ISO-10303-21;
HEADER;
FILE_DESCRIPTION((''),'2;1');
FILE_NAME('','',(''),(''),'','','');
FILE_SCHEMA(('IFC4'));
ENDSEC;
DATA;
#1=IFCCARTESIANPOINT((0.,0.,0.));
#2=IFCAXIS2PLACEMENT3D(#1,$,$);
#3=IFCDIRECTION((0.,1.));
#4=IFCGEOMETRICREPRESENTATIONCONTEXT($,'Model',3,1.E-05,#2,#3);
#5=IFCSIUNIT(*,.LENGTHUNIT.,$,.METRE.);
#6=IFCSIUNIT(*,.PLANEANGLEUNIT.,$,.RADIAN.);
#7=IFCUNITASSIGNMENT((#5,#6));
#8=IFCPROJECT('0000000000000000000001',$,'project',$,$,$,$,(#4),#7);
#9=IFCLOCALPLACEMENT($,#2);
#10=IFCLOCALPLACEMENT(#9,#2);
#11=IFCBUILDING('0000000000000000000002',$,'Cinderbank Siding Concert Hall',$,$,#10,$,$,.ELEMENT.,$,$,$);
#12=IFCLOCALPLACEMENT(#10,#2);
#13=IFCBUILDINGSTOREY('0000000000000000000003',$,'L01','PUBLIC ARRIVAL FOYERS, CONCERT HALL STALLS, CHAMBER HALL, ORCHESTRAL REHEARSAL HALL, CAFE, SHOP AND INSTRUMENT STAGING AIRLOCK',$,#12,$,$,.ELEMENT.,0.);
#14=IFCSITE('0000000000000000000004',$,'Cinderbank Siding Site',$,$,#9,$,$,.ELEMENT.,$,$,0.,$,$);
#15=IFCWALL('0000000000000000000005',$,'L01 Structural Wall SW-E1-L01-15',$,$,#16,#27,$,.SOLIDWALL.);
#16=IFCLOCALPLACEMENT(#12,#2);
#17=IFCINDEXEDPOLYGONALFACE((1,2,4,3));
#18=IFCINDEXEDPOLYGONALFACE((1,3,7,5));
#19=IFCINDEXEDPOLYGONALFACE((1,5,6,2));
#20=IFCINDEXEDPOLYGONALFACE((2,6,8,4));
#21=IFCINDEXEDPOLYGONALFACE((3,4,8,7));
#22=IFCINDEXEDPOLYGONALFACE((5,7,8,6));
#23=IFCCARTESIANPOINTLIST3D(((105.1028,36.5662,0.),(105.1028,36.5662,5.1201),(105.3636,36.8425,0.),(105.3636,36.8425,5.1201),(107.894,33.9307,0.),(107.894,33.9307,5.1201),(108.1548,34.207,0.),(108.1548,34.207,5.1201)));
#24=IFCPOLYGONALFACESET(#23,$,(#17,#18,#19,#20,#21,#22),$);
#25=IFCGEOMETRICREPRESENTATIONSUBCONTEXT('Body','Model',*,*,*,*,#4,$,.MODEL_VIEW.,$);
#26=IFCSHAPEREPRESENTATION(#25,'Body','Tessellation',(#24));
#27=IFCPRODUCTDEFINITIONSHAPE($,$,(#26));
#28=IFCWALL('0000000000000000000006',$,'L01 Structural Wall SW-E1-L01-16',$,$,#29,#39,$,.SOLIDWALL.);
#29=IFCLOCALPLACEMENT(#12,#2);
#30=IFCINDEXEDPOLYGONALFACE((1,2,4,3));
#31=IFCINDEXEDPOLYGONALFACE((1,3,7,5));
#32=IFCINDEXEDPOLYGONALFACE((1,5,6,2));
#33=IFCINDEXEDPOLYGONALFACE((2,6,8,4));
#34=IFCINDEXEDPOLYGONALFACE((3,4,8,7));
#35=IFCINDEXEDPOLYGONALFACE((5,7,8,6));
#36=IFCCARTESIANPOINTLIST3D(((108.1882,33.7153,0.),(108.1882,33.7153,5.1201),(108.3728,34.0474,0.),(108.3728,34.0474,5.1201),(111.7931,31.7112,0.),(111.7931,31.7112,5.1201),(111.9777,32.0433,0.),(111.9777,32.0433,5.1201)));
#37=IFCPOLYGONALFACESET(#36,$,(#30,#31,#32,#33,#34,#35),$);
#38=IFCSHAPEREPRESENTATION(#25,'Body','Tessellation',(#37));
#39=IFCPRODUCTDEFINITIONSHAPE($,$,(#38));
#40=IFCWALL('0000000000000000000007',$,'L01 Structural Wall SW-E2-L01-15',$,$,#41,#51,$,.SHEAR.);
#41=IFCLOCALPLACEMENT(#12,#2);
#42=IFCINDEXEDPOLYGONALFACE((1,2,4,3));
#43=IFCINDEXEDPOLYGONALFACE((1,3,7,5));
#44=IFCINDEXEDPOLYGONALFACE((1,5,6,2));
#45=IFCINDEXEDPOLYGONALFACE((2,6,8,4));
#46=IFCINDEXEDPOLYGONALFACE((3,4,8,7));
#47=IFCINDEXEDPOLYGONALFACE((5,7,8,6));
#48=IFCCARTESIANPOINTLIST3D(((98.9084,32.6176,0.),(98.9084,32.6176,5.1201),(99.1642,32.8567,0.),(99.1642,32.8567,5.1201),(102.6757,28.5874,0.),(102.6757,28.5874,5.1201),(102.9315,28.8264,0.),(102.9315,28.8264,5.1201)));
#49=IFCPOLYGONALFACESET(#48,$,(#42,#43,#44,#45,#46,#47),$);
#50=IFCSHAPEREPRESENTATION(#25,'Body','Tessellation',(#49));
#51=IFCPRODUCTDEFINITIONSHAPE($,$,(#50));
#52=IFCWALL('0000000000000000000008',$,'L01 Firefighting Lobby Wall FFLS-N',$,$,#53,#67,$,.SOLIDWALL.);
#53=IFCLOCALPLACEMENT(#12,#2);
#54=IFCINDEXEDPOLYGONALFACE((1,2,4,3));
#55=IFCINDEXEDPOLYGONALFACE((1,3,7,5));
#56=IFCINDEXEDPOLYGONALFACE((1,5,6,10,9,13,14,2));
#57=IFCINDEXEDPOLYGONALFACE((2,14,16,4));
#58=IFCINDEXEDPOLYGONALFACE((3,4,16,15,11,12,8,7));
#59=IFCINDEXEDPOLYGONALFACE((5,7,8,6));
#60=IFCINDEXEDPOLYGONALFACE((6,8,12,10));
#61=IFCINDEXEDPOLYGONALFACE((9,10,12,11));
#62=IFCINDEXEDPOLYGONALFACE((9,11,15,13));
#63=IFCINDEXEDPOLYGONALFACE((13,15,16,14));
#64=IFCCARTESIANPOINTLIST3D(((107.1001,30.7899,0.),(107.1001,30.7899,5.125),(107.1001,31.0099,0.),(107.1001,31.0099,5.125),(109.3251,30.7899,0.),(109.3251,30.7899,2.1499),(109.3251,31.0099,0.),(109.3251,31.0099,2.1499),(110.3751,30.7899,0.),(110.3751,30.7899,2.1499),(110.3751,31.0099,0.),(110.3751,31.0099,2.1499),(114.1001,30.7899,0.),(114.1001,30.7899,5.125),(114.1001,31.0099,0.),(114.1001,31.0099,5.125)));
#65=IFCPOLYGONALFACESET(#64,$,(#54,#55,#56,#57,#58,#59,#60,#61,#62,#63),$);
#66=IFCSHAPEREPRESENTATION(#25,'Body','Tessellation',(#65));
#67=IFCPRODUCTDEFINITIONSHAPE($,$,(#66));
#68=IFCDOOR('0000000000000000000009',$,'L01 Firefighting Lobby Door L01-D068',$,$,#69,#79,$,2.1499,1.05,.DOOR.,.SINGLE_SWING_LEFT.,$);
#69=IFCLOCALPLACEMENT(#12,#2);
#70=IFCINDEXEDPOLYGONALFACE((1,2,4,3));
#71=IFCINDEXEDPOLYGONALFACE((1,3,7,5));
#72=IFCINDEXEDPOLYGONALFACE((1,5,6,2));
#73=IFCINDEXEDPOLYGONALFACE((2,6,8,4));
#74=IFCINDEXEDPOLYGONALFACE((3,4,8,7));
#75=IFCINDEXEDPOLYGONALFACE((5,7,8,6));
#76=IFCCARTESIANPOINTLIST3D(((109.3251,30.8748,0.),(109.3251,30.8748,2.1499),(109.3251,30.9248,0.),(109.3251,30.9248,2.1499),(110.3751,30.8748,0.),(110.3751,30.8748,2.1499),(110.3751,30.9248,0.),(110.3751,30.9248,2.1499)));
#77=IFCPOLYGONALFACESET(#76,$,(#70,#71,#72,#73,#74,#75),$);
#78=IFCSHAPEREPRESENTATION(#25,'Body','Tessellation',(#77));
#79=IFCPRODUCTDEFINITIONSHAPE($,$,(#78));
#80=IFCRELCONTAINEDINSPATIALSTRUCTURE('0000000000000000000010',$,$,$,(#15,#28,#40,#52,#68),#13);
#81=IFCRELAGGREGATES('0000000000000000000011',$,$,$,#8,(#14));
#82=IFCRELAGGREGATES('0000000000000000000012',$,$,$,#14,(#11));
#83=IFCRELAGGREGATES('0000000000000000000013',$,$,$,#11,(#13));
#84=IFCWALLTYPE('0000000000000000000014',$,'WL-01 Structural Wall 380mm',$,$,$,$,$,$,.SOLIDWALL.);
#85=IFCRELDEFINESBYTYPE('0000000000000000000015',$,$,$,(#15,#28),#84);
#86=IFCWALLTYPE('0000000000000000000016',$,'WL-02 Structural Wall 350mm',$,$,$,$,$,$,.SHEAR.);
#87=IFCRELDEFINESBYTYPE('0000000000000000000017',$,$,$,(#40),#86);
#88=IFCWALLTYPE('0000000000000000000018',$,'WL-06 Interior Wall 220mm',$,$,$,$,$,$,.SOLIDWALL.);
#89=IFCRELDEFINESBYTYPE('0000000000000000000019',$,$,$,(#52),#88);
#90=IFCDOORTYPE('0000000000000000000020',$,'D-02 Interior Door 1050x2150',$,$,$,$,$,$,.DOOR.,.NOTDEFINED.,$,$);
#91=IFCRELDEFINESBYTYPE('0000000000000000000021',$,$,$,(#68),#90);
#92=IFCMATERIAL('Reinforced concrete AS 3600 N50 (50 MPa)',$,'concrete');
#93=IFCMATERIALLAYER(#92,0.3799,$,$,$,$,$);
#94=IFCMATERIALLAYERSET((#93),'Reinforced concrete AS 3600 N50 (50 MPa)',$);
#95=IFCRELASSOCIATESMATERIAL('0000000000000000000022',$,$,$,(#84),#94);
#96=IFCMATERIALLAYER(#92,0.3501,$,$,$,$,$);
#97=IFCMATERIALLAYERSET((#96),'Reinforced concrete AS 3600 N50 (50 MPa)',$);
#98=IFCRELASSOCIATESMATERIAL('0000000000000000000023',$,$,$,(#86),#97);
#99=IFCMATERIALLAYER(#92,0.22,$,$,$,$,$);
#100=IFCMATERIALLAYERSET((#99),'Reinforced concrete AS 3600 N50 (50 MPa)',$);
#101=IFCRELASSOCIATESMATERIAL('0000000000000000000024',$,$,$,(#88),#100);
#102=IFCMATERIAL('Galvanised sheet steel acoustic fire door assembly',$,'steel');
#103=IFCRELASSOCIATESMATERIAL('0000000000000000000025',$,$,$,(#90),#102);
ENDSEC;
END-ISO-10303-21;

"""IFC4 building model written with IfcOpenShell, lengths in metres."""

from ifc_helpers import new_model, si_unit, direction, frame, frame_2d, origin, place, context, subcontext, project, spatial, rectangle, extrude, material, layer, layer_set, type_object, element, fill, save


model = new_model("IFC4")

# Units and contexts
model_context = context("Model", 3, precision=1e-05, world=origin(), true_north=direction((0.0, 1.0)))
body_context = subcontext(model_context, "Body", "Model", "MODEL_VIEW")
ifc_project = project(units=[si_unit("LENGTHUNIT", "METRE"), si_unit("PLANEANGLEUNIT", "RADIAN")], contexts=[model_context])

# Site, building, storey
site_placement = place(None, origin())
site = spatial("IfcSite", under=ifc_project, at=site_placement, Name="Cinderbank Siding Site", CompositionType="ELEMENT", RefElevation=0.0)
building_placement = place(site_placement, origin())
building = spatial("IfcBuilding", under=site, at=building_placement, Name="Cinderbank Siding Concert Hall", CompositionType="ELEMENT")
storey_placement = place(building_placement, origin())
storey = spatial("IfcBuildingStorey", under=building, at=storey_placement, Name="L01", Description="PUBLIC ARRIVAL FOYERS, CONCERT HALL STALLS, CHAMBER HALL, ORCHESTRAL REHEARSAL HALL, CAFE, SHOP AND INSTRUMENT STAGING AIRLOCK", CompositionType="ELEMENT", Elevation=0.0)

# Shared definitions
ifc_material_1 = material(Name="Reinforced concrete AS 3600 N50 (50 MPa)", Category="concrete")

# Walls
ifc_layer_1 = layer(ifc_material_1, 0.3799)
ifc_layer_set_1 = layer_set([ifc_layer_1], Name="Reinforced concrete AS 3600 N50 (50 MPa)")
wall_type_1 = type_object("IfcWallType", Name="WL-01 Structural Wall 380mm", PredefinedType="SOLIDWALL", material=ifc_layer_set_1)
wall_1_placement = place(storey_placement, frame((105.2332, 36.7043, 0.0), z_axis=(0.0, 0.0, 1.0), x_axis=(0.727103, -0.686528, 0.0)))
element("IfcWall", 1, at=wall_1_placement, inside=storey, type_object=wall_type_1, Name="L01 Structural Wall SW-E1-L01-15", PredefinedType="SOLIDWALL", context=body_context, shape_type="SweptSolid", body=[
    extrude(rectangle(XDim=3.8389, YDim=0.3799, at=frame_2d((1.9194, 0.0))), origin(), (0.0, 0.0, 1.0), 5.1201),
])
wall_2_placement = place(storey_placement, frame((108.2805, 33.8813, 0.0), z_axis=(0.0, 0.0, 1.0), x_axis=(0.874015, -0.485899, 0.0)))
element("IfcWall", 2, at=wall_2_placement, inside=storey, type_object=wall_type_1, Name="L01 Structural Wall SW-E1-L01-16", PredefinedType="SOLIDWALL", context=body_context, shape_type="SweptSolid", body=[
    extrude(rectangle(XDim=4.1245, YDim=0.3799, at=frame_2d((2.0623, 0.0))), origin(), (0.0, 0.0, 1.0), 5.1201),
])
ifc_layer_2 = layer(ifc_material_1, 0.3501)
ifc_layer_set_2 = layer_set([ifc_layer_2], Name="Reinforced concrete AS 3600 N50 (50 MPa)")
wall_type_2 = type_object("IfcWallType", Name="WL-02 Structural Wall 350mm", PredefinedType="SHEAR", material=ifc_layer_set_2)
wall_3_placement = place(storey_placement, frame((99.0364, 32.7371, 0.0), z_axis=(0.0, 0.0, 1.0), x_axis=(0.682875, -0.730536, 0.0)))
element("IfcWall", 3, at=wall_3_placement, inside=storey, type_object=wall_type_2, Name="L01 Structural Wall SW-E2-L01-15", PredefinedType="SHEAR", context=body_context, shape_type="SweptSolid", body=[
    extrude(rectangle(XDim=5.5168, YDim=0.3501, at=frame_2d((2.7583, 0.0))), origin(), (0.0, 0.0, 1.0), 5.1201),
])

# Wall, opening, door
ifc_layer_3 = layer(ifc_material_1, 0.22)
ifc_layer_set_3 = layer_set([ifc_layer_3], Name="Reinforced concrete AS 3600 N50 (50 MPa)")
wall_type_3 = type_object("IfcWallType", Name="WL-06 Interior Wall 220mm", PredefinedType="SOLIDWALL", material=ifc_layer_set_3)
wall_4_placement = place(storey_placement, frame((107.1001, 30.8999, 0.0), z_axis=(0.0, 0.0, 1.0), x_axis=(1.0, 0.0, 0.0)))
wall_4 = element("IfcWall", 4, at=wall_4_placement, inside=storey, type_object=wall_type_3, Name="L01 Firefighting Lobby Wall FFLS-N", PredefinedType="SOLIDWALL", context=body_context, shape_type="SweptSolid", body=[
    extrude(rectangle(XDim=7.0, YDim=0.22, at=frame_2d((3.5, 0.0))), origin(), (0.0, 0.0, 1.0), 5.125),
])
opening_placement = place(wall_4_placement, frame((2.2251, 0.0, 0.0)))
opening = element("IfcOpeningElement", 5, at=opening_placement, cuts=wall_4, PredefinedType="OPENING", context=body_context, shape_type="SweptSolid", body=[
    extrude(rectangle(XDim=1.05, YDim=2.1499, at=frame_2d((0.5249, 1.075))), frame((0.0, 0.1221, 0.0), z_axis=(0.0, -1.0, 0.0), x_axis=(1.0, 0.0, 0.0)), (0.0, 0.0, 1.0), 0.2439),
])
ifc_material_2 = material(Name="Galvanised sheet steel acoustic fire door assembly", Category="steel")
door_type = type_object("IfcDoorType", Name="D-02 Interior Door 1050x2150", OperationType="NOTDEFINED", PredefinedType="DOOR", material=ifc_material_2)
door_placement = place(opening_placement, origin())
door = element("IfcDoor", 6, at=door_placement, inside=storey, type_object=door_type, Name="L01 Firefighting Lobby Door L01-D068", OperationType="SINGLE_SWING_LEFT", OverallHeight=2.1499, OverallWidth=1.05, PredefinedType="DOOR", context=body_context, shape_type="SweptSolid", body=[
    extrude(rectangle(XDim=1.05, YDim=2.1499, at=frame_2d((0.5249, 1.075))), frame((0.0, 0.0249, 0.0), z_axis=(0.0, -1.0, 0.0), x_axis=(1.0, 0.0, 0.0)), (0.0, 0.0, 1.0), 0.05),
])
fill(opening, door)

save(model, "model.ifc")
